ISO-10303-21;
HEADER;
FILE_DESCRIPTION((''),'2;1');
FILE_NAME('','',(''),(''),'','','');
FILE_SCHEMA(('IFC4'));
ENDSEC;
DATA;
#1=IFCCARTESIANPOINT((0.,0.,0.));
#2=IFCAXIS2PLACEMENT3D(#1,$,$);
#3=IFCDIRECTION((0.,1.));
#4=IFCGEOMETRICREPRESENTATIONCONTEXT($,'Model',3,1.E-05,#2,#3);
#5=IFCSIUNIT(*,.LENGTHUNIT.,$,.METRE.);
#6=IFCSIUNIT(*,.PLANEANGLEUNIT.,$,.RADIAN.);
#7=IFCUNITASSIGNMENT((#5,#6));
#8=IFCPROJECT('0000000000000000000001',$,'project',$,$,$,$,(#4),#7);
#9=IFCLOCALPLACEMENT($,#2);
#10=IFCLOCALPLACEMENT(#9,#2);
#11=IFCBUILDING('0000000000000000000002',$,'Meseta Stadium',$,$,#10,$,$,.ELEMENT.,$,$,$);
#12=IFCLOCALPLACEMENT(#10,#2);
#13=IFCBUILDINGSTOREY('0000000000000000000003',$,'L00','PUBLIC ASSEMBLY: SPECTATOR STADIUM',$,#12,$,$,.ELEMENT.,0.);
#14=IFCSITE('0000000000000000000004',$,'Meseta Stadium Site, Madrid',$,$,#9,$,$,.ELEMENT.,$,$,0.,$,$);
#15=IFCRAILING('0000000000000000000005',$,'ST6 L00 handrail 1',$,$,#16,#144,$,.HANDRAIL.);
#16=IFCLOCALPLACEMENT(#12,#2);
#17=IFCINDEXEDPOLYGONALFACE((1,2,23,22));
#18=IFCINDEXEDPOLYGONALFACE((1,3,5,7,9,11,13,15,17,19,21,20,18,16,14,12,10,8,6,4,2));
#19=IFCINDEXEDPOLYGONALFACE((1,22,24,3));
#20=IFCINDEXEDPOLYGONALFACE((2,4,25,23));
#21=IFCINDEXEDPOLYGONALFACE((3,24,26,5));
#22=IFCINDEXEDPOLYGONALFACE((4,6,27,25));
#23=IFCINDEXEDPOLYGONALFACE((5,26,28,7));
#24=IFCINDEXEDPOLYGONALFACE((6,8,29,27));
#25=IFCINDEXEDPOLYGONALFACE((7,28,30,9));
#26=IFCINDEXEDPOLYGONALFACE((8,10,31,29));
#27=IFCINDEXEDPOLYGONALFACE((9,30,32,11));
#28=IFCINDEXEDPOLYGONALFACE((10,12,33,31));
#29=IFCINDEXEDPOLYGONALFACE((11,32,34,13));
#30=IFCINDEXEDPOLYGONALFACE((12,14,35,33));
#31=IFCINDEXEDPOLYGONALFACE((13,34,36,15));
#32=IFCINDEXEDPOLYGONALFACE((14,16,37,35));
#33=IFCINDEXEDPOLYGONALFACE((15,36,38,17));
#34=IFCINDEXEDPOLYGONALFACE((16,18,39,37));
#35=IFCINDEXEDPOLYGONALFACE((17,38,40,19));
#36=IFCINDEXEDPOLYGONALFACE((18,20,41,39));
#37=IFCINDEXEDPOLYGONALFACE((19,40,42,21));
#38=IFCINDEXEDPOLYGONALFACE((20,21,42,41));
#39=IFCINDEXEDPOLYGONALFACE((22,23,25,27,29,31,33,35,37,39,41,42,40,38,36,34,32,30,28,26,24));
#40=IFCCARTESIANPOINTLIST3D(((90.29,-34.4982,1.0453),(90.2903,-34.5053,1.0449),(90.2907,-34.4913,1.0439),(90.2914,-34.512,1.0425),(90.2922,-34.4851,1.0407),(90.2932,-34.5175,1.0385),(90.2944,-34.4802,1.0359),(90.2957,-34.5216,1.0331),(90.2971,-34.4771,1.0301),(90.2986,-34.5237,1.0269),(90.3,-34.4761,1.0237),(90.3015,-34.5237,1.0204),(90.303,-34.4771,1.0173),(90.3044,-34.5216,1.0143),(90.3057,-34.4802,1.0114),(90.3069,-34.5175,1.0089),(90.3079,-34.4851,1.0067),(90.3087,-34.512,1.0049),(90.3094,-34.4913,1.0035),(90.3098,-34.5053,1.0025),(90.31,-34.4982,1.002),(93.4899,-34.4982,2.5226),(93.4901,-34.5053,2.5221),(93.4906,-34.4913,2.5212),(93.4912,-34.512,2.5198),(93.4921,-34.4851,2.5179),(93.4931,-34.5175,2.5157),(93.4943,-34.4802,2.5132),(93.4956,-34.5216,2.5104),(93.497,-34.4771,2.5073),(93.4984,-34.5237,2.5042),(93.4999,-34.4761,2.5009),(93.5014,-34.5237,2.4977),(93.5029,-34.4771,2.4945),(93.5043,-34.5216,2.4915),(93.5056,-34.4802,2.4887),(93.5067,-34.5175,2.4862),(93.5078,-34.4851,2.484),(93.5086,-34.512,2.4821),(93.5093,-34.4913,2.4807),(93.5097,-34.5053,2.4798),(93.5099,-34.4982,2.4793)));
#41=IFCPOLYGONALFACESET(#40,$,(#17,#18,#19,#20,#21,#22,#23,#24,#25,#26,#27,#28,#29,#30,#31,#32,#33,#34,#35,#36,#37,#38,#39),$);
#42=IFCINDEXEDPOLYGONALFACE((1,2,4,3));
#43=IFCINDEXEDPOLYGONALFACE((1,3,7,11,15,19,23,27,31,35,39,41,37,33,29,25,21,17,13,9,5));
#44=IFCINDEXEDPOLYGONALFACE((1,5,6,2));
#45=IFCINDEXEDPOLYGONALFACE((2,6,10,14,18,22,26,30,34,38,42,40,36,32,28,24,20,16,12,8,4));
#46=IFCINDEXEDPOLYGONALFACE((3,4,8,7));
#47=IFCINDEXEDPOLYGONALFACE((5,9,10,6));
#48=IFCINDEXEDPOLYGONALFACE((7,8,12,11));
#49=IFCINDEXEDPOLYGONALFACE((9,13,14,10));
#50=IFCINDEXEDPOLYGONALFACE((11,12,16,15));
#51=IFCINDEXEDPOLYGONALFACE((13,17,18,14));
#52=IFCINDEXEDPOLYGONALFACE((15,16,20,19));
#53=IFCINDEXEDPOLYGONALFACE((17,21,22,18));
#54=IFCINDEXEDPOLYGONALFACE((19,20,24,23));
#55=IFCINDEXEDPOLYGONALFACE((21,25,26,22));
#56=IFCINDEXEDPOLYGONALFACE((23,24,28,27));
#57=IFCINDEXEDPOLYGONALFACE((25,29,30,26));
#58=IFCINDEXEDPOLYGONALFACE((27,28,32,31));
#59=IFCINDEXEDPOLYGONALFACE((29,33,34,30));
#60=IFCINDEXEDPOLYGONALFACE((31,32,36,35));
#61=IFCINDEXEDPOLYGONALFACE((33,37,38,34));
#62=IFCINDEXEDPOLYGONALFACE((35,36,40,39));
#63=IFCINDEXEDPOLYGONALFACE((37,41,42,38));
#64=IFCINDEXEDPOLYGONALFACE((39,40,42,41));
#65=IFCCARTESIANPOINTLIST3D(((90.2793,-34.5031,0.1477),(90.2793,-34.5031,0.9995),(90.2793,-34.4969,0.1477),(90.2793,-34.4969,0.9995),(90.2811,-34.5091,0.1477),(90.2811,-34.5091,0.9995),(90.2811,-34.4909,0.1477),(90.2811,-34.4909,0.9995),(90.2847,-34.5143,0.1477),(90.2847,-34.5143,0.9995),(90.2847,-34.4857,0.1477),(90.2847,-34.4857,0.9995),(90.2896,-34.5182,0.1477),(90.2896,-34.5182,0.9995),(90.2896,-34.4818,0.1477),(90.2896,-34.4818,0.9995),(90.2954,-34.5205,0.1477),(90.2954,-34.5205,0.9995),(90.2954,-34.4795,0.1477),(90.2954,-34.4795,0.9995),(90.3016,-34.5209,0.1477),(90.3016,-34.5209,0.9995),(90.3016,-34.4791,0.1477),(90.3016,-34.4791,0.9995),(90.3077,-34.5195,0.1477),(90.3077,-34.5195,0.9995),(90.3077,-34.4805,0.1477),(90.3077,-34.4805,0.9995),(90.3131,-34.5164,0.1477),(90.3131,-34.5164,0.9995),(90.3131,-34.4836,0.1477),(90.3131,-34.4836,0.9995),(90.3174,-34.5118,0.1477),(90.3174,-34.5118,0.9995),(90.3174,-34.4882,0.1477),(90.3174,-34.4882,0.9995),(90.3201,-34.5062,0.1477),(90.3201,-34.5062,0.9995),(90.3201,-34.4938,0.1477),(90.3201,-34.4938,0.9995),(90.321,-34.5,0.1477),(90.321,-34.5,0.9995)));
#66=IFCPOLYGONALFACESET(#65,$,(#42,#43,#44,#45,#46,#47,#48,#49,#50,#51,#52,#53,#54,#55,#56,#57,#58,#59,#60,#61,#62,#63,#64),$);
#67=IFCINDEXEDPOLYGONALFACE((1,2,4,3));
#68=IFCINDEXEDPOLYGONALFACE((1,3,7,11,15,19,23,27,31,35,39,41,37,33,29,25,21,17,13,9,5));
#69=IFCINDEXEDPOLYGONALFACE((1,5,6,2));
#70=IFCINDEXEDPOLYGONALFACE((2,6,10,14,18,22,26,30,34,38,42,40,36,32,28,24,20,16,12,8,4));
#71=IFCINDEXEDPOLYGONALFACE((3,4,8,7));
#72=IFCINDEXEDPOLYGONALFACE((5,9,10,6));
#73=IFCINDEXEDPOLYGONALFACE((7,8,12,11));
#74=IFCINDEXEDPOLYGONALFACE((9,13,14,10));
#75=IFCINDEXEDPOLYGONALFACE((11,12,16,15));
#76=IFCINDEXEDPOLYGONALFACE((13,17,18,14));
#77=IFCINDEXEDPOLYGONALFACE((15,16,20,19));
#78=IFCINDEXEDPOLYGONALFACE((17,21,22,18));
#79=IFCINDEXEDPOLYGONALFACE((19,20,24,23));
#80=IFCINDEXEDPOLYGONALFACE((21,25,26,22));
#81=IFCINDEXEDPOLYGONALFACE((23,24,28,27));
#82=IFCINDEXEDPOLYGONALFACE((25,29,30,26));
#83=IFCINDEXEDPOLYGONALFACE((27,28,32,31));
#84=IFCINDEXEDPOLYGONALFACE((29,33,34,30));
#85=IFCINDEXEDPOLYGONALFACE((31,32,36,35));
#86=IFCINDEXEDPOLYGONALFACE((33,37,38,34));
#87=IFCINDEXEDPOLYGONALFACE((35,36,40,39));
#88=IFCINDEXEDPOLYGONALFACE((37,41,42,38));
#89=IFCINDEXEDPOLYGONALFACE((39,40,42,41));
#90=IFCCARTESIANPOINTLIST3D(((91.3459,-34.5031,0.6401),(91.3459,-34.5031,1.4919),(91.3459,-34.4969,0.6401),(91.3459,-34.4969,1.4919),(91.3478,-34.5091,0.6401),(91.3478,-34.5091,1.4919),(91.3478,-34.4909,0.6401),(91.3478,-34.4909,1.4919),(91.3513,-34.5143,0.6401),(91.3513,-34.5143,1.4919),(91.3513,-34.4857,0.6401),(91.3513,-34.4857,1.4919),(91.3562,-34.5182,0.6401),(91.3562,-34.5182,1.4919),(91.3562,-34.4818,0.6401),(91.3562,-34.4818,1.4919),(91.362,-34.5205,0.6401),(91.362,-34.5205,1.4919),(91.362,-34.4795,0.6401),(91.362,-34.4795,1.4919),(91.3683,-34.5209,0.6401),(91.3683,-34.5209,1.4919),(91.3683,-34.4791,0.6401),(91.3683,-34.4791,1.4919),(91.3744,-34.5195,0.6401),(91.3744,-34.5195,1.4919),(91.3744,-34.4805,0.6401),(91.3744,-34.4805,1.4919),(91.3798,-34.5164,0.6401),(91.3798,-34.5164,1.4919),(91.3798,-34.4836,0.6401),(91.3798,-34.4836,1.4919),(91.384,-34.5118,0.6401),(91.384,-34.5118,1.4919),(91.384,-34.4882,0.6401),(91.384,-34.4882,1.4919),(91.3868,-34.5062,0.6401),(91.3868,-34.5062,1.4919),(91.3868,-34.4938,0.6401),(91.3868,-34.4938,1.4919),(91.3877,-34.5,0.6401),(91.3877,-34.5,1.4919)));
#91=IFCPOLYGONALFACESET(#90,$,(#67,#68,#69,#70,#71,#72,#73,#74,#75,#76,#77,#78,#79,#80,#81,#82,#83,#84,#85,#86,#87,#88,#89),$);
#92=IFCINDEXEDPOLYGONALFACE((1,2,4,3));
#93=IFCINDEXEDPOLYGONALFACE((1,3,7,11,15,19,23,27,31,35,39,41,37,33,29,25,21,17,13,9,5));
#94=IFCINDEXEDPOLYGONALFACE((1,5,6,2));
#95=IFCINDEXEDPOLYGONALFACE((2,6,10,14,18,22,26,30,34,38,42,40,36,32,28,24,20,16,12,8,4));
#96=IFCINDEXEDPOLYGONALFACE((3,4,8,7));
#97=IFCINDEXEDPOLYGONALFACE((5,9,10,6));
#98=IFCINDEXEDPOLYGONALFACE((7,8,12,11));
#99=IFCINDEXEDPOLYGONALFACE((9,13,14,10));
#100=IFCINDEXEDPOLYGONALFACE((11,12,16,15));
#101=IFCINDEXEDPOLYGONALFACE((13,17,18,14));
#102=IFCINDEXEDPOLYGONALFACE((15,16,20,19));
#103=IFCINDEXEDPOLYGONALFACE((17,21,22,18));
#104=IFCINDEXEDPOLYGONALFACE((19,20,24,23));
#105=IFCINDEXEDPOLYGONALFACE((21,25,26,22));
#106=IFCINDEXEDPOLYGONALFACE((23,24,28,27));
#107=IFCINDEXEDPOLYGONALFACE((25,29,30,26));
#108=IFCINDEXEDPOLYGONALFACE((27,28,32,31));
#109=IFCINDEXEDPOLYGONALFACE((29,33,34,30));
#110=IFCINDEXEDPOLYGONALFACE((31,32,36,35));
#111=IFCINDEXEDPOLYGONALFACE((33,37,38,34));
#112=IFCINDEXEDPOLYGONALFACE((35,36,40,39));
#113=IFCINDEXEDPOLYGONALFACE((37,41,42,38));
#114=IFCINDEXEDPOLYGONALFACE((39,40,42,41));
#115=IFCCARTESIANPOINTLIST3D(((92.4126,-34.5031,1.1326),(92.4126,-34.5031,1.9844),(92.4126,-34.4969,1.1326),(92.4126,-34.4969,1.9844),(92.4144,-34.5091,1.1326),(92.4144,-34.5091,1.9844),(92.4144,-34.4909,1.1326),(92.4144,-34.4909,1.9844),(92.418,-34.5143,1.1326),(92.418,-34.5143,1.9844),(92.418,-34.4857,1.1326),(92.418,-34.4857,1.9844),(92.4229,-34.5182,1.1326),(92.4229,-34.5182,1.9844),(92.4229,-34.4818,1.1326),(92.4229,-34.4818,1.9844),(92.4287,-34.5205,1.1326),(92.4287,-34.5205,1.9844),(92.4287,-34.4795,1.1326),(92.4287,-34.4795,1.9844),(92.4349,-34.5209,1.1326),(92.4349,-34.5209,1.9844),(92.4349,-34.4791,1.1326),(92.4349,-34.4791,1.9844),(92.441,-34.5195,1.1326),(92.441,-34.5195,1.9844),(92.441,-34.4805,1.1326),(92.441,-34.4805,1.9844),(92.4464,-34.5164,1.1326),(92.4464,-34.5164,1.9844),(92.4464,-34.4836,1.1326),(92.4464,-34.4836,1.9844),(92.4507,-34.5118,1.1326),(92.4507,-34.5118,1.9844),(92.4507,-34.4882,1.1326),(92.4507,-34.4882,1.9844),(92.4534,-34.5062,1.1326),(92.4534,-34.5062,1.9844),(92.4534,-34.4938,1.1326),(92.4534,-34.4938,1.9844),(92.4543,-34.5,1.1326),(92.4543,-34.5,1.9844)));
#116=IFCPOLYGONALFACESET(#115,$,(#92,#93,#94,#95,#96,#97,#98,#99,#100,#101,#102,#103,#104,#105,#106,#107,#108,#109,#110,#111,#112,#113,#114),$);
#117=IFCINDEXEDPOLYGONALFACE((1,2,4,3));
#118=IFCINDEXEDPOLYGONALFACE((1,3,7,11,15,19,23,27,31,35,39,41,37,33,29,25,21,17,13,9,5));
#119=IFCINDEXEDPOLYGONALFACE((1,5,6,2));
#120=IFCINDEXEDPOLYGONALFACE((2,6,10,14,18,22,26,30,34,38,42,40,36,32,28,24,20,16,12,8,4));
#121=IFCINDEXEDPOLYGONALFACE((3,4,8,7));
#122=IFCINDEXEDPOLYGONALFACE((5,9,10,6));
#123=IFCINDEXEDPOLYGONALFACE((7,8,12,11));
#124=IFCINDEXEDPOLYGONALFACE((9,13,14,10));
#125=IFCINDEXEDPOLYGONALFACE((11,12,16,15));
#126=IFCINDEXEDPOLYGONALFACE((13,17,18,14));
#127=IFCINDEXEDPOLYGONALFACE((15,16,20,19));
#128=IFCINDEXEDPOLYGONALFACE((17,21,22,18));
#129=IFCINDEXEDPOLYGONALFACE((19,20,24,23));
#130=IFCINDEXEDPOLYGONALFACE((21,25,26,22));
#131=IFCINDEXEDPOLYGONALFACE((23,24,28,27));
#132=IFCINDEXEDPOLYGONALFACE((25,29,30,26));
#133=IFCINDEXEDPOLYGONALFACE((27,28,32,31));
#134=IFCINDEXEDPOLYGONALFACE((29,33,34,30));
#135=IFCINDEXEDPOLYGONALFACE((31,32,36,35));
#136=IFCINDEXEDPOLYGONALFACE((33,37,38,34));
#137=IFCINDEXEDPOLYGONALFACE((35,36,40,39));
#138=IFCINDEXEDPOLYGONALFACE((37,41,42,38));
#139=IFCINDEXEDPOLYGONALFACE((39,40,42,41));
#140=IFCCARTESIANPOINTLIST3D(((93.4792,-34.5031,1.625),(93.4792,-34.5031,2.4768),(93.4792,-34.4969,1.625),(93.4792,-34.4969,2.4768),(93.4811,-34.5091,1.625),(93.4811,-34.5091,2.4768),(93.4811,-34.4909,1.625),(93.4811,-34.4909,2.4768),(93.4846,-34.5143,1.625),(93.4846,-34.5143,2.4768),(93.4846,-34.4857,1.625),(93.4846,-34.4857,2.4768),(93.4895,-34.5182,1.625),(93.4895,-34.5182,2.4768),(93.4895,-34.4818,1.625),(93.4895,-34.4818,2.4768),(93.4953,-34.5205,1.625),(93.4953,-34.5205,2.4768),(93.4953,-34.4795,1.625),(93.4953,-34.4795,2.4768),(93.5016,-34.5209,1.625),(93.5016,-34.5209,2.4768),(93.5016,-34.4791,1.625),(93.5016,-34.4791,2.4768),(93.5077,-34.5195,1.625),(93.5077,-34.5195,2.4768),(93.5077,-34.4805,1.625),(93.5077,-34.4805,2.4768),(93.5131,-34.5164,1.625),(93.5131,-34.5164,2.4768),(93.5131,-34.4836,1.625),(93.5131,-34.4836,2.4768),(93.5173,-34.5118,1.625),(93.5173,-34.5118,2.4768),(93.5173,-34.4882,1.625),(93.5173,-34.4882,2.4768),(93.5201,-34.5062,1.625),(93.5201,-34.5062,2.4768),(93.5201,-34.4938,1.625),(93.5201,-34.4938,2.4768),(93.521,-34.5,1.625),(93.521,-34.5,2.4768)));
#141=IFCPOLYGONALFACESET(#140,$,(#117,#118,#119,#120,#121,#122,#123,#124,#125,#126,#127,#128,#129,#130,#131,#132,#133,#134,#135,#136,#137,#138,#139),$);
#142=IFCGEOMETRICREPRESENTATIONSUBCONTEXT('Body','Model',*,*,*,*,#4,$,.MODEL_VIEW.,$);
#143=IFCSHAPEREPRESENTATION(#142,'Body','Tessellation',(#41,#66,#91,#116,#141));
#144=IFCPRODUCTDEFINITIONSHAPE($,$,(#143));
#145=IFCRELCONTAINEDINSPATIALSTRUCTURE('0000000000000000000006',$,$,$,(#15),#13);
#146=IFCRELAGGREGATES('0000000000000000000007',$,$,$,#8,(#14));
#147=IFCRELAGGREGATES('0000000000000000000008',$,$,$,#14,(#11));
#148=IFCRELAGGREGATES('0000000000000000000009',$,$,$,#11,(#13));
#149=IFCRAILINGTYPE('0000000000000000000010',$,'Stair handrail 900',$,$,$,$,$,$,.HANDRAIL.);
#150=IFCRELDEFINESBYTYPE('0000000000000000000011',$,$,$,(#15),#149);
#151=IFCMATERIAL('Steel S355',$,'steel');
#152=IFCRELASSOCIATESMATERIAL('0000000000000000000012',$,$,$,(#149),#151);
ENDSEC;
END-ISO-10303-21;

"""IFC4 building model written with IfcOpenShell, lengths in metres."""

from ifc_helpers import new_model, si_unit, direction, frame, origin, origin_2d, place, context, subcontext, project, spatial, circle, extrude, material, type_object, element, save


model = new_model("IFC4")

# Units and contexts
model_context = context("Model", 3, precision=1e-05, world=origin(), true_north=direction((0.0, 1.0)))
body_context = subcontext(model_context, "Body", "Model", "MODEL_VIEW")
ifc_project = project(units=[si_unit("LENGTHUNIT", "METRE"), si_unit("PLANEANGLEUNIT", "RADIAN")], contexts=[model_context])

# Site, building, storey
site_placement = place(None, origin())
site = spatial("IfcSite", under=ifc_project, at=site_placement, Name="Meseta Stadium Site, Madrid", CompositionType="ELEMENT", RefElevation=0.0)
building_placement = place(site_placement, origin())
building = spatial("IfcBuilding", under=site, at=building_placement, Name="Meseta Stadium", CompositionType="ELEMENT")
storey_placement = place(building_placement, origin())
storey = spatial("IfcBuildingStorey", under=building, at=storey_placement, Name="L00", Description="PUBLIC ASSEMBLY: SPECTATOR STADIUM", CompositionType="ELEMENT", Elevation=0.0)

# Railing
ifc_material_1 = material(Name="Steel S355", Category="steel")
railing_type_1 = type_object("IfcRailingType", Name="Stair handrail 900", PredefinedType="HANDRAIL", material=ifc_material_1)
for number, where, name in (
    (1, (90.3, -34.5, 0.1477), "ST6 L00 handrail 1"),
):
    element("IfcRailing", number, at=place(storey_placement, frame(where)), inside=storey, type_object=railing_type_1, Name=name, PredefinedType="HANDRAIL", context=body_context, shape_type="SweptSolid", body=[
        extrude(circle(Radius=0.0239, at=origin_2d()), frame((0.0, 0.0, 0.876), z_axis=(0.907917, 0.0, 0.41915), x_axis=(0.0, 1.0, 0.0)), (0.0, 0.0, 1.0), 3.5244),
        extrude(circle(Radius=0.021, at=origin_2d()), origin(), (0.0, 0.0, 1.0), 0.8518),
        extrude(circle(Radius=0.021, at=origin_2d()), frame((1.0667, 0.0, 0.4924)), (0.0, 0.0, 1.0), 0.8518),
        extrude(circle(Radius=0.021, at=origin_2d()), frame((2.1333, 0.0, 0.9849)), (0.0, 0.0, 1.0), 0.8518),
        extrude(circle(Radius=0.021, at=origin_2d()), frame((3.2, 0.0, 1.4773)), (0.0, 0.0, 1.0), 0.8518),
    ])

save(model, "model.ifc")
